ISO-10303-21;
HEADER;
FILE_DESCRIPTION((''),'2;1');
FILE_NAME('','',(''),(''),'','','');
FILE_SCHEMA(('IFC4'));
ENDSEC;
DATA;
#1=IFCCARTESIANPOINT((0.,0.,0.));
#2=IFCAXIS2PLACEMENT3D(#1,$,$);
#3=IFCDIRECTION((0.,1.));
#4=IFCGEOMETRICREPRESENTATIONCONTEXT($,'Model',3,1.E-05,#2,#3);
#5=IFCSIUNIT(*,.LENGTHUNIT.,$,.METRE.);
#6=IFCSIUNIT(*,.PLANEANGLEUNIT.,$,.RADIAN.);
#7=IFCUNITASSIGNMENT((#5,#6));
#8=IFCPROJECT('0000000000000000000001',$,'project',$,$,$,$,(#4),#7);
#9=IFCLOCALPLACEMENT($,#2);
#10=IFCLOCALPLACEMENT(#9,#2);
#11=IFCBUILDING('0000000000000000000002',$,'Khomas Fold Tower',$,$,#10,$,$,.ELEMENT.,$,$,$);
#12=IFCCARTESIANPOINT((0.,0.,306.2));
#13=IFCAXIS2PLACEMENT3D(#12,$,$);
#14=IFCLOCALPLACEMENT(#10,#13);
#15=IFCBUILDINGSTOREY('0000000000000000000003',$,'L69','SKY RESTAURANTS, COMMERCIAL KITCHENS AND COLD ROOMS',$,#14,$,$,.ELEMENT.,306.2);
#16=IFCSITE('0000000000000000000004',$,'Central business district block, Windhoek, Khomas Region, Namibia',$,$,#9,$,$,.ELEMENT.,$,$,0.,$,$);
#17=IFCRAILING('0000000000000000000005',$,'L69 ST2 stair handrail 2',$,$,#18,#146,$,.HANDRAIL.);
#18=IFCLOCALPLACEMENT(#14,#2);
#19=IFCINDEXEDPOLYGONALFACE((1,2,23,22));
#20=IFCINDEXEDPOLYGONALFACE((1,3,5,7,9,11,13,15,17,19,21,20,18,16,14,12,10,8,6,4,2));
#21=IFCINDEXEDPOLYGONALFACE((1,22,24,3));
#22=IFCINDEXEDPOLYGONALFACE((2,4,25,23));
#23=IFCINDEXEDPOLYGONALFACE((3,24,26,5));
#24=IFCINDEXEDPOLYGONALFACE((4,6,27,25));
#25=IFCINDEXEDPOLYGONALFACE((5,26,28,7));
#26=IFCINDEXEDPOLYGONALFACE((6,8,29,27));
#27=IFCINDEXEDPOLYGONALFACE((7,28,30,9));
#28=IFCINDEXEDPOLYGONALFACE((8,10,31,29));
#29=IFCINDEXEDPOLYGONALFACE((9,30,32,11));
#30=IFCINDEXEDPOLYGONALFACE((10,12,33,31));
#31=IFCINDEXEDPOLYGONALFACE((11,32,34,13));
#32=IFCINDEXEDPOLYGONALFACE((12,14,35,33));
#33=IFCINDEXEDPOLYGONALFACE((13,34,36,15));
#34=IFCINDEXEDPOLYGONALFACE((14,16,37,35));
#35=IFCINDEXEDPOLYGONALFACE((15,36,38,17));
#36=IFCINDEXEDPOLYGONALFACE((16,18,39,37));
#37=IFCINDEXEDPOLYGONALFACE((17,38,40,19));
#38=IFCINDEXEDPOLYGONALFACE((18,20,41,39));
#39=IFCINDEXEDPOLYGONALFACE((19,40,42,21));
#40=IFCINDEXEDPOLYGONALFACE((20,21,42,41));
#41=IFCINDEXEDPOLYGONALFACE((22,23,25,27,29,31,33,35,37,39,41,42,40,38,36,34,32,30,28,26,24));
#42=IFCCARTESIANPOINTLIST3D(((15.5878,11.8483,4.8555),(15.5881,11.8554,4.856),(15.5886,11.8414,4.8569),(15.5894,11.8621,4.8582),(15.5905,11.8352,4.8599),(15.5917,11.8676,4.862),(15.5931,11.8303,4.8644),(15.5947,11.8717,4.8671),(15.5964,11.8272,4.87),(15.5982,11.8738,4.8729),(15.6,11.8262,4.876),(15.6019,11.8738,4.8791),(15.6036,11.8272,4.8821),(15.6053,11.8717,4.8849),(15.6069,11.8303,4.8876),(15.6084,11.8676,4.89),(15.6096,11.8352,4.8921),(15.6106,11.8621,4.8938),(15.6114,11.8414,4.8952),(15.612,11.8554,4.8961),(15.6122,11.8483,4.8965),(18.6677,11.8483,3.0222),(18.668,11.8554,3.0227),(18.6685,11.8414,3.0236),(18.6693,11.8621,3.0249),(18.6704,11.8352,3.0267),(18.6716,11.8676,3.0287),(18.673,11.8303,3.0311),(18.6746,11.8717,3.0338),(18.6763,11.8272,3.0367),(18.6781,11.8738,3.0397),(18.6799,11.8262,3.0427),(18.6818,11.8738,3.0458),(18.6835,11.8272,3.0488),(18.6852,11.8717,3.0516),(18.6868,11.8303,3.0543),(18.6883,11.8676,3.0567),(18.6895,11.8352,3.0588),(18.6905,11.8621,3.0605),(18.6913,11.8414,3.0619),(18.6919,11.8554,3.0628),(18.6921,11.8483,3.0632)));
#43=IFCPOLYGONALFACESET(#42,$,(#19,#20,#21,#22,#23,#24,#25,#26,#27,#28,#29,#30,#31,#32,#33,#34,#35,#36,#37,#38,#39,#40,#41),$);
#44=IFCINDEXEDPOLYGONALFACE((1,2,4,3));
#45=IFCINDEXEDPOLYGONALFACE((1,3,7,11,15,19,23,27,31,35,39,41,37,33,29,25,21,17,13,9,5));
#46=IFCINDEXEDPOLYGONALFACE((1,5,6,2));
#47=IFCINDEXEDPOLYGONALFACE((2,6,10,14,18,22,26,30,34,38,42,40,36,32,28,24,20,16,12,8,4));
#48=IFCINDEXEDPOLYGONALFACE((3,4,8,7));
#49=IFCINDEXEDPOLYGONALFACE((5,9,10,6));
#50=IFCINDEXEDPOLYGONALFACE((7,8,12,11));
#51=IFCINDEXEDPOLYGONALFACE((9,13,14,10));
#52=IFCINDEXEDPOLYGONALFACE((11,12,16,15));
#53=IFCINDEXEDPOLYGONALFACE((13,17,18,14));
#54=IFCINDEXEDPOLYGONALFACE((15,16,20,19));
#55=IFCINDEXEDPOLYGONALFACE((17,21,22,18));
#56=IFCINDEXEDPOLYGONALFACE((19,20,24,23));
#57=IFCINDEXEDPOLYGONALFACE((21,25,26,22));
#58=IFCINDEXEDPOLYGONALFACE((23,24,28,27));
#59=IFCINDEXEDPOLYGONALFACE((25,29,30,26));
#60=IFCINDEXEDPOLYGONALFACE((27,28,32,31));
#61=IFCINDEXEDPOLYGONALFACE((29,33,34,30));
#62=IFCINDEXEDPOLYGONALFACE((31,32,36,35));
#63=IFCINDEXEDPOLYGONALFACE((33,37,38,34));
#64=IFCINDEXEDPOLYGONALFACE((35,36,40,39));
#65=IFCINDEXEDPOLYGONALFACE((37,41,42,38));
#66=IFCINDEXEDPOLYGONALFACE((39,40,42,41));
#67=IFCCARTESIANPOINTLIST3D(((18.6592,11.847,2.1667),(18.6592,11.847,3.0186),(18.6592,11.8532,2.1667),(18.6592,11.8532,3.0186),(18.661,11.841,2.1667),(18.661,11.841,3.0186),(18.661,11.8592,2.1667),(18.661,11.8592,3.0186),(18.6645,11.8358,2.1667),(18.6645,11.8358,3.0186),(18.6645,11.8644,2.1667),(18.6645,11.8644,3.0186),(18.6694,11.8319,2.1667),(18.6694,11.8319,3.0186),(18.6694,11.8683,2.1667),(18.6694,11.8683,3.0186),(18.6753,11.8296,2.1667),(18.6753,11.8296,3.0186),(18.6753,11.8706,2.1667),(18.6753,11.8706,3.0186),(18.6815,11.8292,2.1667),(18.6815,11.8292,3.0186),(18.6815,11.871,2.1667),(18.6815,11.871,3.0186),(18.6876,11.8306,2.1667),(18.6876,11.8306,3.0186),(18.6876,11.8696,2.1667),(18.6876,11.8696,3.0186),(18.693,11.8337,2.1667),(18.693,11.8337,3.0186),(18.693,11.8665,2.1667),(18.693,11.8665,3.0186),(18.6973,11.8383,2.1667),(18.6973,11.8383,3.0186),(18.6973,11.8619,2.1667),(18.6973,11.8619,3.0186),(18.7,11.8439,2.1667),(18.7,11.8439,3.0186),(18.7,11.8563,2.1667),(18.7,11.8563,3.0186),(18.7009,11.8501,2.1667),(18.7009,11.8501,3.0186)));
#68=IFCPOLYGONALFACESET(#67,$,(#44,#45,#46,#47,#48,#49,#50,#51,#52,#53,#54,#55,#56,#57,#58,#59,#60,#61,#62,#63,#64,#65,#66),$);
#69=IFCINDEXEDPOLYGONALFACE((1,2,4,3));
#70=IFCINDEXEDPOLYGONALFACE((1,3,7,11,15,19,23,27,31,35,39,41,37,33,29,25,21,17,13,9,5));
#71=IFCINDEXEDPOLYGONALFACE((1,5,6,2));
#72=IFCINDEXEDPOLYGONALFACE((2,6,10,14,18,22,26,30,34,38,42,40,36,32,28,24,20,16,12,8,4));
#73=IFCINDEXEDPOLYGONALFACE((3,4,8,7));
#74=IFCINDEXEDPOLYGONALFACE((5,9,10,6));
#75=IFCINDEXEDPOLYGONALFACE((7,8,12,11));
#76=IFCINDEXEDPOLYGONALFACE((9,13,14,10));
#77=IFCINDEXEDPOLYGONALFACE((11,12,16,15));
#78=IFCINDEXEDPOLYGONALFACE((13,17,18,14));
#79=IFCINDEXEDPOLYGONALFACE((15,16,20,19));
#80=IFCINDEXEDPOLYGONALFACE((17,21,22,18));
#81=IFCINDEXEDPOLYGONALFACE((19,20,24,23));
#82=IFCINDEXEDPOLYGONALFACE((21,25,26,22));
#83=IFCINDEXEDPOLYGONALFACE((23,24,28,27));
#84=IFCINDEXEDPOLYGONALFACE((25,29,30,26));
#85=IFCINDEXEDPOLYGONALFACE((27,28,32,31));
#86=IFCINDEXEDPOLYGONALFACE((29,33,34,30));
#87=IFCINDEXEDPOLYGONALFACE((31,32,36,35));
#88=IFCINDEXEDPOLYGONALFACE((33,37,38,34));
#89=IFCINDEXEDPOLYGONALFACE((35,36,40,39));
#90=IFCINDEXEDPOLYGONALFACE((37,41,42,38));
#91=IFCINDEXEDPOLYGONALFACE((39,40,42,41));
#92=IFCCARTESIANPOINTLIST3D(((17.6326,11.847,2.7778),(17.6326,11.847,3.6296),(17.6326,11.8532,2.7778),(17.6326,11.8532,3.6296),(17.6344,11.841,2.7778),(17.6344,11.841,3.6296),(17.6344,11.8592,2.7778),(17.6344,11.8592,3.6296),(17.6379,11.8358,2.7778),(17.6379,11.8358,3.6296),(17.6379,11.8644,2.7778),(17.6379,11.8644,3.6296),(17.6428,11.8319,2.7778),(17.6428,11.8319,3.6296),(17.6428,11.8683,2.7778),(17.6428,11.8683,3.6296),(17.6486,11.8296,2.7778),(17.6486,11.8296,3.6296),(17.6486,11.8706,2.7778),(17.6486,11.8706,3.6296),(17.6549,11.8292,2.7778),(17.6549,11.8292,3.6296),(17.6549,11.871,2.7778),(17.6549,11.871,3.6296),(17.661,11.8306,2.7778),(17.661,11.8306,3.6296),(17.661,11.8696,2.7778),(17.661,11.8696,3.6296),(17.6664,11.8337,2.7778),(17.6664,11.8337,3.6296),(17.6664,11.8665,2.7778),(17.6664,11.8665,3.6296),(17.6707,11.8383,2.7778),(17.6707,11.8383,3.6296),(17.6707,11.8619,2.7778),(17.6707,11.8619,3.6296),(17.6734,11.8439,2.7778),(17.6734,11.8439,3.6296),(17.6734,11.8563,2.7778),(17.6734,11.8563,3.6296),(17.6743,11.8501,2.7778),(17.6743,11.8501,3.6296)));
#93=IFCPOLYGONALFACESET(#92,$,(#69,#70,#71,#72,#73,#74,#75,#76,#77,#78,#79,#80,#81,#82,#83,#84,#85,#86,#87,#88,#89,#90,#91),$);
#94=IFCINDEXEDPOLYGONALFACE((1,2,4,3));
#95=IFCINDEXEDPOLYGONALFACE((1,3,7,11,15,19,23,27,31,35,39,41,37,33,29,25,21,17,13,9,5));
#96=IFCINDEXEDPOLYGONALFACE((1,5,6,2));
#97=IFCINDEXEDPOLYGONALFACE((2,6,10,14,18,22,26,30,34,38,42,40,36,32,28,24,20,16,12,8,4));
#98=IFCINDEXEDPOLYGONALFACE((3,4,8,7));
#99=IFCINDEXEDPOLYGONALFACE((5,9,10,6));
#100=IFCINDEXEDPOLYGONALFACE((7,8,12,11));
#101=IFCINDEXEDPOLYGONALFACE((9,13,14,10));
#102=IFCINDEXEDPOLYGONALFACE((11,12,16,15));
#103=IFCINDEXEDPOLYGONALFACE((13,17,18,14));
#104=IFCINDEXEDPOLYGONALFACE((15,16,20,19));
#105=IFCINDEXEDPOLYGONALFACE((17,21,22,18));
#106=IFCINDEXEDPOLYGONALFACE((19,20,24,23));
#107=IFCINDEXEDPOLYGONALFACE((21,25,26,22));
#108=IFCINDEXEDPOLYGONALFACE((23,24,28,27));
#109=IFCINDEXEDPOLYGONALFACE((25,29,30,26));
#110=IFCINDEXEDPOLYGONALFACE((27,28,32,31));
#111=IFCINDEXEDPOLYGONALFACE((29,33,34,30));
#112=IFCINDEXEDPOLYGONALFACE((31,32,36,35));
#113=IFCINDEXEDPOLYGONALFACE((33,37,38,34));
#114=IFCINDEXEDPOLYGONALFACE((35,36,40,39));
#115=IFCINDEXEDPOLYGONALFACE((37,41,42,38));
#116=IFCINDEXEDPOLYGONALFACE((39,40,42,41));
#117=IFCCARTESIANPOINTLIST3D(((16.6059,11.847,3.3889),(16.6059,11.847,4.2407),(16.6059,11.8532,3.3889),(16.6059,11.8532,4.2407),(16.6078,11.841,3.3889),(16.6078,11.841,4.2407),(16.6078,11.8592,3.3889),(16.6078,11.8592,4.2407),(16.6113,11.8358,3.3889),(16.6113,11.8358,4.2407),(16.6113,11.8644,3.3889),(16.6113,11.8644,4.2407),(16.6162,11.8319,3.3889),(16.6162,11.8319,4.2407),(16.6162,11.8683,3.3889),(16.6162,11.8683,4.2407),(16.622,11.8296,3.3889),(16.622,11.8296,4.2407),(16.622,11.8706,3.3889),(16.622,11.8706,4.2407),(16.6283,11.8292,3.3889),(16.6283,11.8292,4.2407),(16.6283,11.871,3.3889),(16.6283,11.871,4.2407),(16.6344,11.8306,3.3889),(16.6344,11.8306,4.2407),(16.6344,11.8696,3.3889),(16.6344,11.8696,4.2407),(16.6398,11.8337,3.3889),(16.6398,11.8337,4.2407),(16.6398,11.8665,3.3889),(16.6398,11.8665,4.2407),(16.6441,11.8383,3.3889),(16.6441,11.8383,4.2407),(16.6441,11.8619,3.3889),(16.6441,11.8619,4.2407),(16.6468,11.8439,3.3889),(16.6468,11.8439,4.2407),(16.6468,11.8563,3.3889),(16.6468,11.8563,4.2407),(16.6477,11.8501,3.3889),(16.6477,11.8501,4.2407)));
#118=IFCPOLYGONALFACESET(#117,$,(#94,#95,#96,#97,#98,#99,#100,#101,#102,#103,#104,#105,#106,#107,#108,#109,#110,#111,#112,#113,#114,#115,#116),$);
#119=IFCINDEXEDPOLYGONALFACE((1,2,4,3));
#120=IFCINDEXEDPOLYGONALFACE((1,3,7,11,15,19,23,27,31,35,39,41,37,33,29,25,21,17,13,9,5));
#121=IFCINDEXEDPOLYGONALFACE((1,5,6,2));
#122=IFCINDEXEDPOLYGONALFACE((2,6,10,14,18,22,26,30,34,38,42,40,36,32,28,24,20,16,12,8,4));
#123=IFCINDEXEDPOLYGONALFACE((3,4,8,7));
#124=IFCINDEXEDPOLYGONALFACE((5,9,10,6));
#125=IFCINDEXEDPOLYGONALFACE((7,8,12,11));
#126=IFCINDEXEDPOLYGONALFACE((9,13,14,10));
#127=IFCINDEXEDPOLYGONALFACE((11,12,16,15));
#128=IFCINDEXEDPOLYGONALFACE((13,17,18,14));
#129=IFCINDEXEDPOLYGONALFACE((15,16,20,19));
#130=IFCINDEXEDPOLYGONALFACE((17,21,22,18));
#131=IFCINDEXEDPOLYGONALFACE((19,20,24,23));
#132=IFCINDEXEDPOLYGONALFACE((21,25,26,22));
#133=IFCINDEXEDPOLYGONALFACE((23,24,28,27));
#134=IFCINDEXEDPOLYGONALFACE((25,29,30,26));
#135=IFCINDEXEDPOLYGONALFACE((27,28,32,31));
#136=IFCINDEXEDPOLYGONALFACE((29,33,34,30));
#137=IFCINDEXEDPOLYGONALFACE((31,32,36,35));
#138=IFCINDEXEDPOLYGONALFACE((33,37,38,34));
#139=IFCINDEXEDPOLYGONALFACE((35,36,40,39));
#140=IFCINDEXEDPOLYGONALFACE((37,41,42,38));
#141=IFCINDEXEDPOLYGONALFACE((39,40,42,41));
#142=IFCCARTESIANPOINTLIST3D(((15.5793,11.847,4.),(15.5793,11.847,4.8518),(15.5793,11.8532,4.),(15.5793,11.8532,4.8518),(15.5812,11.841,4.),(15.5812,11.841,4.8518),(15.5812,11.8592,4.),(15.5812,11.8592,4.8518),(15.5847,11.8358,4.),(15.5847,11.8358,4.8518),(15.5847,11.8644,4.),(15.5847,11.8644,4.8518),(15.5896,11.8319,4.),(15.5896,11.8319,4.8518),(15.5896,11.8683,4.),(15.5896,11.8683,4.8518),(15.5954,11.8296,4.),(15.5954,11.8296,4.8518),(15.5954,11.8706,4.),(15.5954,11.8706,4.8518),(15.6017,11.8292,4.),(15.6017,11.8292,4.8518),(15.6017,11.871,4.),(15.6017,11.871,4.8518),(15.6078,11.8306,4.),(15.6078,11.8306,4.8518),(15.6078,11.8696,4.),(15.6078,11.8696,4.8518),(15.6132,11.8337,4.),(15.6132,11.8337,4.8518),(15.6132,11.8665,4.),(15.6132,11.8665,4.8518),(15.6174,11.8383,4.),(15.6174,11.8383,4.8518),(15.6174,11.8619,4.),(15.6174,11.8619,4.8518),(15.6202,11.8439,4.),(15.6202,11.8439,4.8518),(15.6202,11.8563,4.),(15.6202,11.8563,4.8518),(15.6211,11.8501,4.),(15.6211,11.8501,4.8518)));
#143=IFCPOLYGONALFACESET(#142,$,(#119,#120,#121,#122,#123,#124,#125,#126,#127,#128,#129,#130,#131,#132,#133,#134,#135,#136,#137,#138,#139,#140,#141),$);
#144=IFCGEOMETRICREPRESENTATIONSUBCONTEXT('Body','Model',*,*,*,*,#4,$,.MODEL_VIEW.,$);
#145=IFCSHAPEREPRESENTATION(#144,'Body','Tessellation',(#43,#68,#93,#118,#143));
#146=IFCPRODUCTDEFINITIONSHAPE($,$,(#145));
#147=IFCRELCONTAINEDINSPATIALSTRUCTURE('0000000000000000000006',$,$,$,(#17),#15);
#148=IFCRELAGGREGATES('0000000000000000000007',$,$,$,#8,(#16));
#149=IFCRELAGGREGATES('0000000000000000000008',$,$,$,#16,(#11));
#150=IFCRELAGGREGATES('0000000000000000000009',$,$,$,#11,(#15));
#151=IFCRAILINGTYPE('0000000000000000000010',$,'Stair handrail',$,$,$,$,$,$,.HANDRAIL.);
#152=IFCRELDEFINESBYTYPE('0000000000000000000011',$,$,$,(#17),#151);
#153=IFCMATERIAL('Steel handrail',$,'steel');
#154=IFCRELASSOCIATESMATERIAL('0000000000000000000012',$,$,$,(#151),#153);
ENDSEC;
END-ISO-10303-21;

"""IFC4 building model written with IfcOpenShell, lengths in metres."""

from ifc_helpers import new_model, si_unit, direction, frame, origin, origin_2d, place, context, subcontext, project, spatial, circle, extrude, source, transform, mapped, material, type_object, element, save


model = new_model("IFC4")

# Units and contexts
model_context = context("Model", 3, precision=1e-05, world=origin(), true_north=direction((0.0, 1.0)))
body_context = subcontext(model_context, "Body", "Model", "MODEL_VIEW")
ifc_project = project(units=[si_unit("LENGTHUNIT", "METRE"), si_unit("PLANEANGLEUNIT", "RADIAN")], contexts=[model_context])

# Site, building, storey
site_placement = place(None, origin())
site = spatial("IfcSite", under=ifc_project, at=site_placement, Name="Central business district block, Windhoek, Khomas Region, Namibia", CompositionType="ELEMENT", RefElevation=0.0)
building_placement = place(site_placement, origin())
building = spatial("IfcBuilding", under=site, at=building_placement, Name="Khomas Fold Tower", CompositionType="ELEMENT")
storey_placement = place(building_placement, frame((0.0, 0.0, 306.2)))
storey = spatial("IfcBuildingStorey", under=building, at=storey_placement, Name="L69", Description="SKY RESTAURANTS, COMMERCIAL KITCHENS AND COLD ROOMS", CompositionType="ELEMENT", Elevation=306.2)

# Railing
ifc_material_1 = material(Name="Steel handrail", Category="steel")
railing_type_1 = type_object("IfcRailingType", Name="Stair handrail", PredefinedType="HANDRAIL", material=ifc_material_1)
shared_shape_1 = source(origin(), body_context, "Body", "SweptSolid", [
    extrude(circle(Radius=0.0239, at=origin_2d()), frame((0.0, 0.0, 0.876), z_axis=(-0.859291, 0.0, 0.511487), x_axis=(0.0, -1.0, 0.0)), (0.0, 0.0, 1.0), 3.5842),
    extrude(circle(Radius=0.021, at=origin_2d()), origin(), (0.0, 0.0, 1.0), 0.8518),
    extrude(circle(Radius=0.021, at=origin_2d()), frame((-1.0266, 0.0, 0.6111)), (0.0, 0.0, 1.0), 0.8518),
    extrude(circle(Radius=0.021, at=origin_2d()), frame((-2.0532, 0.0, 1.2222)), (0.0, 0.0, 1.0), 0.8518),
    extrude(circle(Radius=0.021, at=origin_2d()), frame((-3.0798, 0.0, 1.8333)), (0.0, 0.0, 1.0), 0.8518),
])
railing_1_placement = place(storey_placement, frame((18.6799, 11.8501, 2.1667)))
element("IfcRailing", 1, at=railing_1_placement, inside=storey, type_object=railing_type_1, Name="L69 ST2 stair handrail 2", PredefinedType="HANDRAIL", context=body_context, shape_type="MappedRepresentation", body=[
    mapped(shared_shape_1, transform((0.0, 0.0, 0.0))),
])

save(model, "model.ifc")
